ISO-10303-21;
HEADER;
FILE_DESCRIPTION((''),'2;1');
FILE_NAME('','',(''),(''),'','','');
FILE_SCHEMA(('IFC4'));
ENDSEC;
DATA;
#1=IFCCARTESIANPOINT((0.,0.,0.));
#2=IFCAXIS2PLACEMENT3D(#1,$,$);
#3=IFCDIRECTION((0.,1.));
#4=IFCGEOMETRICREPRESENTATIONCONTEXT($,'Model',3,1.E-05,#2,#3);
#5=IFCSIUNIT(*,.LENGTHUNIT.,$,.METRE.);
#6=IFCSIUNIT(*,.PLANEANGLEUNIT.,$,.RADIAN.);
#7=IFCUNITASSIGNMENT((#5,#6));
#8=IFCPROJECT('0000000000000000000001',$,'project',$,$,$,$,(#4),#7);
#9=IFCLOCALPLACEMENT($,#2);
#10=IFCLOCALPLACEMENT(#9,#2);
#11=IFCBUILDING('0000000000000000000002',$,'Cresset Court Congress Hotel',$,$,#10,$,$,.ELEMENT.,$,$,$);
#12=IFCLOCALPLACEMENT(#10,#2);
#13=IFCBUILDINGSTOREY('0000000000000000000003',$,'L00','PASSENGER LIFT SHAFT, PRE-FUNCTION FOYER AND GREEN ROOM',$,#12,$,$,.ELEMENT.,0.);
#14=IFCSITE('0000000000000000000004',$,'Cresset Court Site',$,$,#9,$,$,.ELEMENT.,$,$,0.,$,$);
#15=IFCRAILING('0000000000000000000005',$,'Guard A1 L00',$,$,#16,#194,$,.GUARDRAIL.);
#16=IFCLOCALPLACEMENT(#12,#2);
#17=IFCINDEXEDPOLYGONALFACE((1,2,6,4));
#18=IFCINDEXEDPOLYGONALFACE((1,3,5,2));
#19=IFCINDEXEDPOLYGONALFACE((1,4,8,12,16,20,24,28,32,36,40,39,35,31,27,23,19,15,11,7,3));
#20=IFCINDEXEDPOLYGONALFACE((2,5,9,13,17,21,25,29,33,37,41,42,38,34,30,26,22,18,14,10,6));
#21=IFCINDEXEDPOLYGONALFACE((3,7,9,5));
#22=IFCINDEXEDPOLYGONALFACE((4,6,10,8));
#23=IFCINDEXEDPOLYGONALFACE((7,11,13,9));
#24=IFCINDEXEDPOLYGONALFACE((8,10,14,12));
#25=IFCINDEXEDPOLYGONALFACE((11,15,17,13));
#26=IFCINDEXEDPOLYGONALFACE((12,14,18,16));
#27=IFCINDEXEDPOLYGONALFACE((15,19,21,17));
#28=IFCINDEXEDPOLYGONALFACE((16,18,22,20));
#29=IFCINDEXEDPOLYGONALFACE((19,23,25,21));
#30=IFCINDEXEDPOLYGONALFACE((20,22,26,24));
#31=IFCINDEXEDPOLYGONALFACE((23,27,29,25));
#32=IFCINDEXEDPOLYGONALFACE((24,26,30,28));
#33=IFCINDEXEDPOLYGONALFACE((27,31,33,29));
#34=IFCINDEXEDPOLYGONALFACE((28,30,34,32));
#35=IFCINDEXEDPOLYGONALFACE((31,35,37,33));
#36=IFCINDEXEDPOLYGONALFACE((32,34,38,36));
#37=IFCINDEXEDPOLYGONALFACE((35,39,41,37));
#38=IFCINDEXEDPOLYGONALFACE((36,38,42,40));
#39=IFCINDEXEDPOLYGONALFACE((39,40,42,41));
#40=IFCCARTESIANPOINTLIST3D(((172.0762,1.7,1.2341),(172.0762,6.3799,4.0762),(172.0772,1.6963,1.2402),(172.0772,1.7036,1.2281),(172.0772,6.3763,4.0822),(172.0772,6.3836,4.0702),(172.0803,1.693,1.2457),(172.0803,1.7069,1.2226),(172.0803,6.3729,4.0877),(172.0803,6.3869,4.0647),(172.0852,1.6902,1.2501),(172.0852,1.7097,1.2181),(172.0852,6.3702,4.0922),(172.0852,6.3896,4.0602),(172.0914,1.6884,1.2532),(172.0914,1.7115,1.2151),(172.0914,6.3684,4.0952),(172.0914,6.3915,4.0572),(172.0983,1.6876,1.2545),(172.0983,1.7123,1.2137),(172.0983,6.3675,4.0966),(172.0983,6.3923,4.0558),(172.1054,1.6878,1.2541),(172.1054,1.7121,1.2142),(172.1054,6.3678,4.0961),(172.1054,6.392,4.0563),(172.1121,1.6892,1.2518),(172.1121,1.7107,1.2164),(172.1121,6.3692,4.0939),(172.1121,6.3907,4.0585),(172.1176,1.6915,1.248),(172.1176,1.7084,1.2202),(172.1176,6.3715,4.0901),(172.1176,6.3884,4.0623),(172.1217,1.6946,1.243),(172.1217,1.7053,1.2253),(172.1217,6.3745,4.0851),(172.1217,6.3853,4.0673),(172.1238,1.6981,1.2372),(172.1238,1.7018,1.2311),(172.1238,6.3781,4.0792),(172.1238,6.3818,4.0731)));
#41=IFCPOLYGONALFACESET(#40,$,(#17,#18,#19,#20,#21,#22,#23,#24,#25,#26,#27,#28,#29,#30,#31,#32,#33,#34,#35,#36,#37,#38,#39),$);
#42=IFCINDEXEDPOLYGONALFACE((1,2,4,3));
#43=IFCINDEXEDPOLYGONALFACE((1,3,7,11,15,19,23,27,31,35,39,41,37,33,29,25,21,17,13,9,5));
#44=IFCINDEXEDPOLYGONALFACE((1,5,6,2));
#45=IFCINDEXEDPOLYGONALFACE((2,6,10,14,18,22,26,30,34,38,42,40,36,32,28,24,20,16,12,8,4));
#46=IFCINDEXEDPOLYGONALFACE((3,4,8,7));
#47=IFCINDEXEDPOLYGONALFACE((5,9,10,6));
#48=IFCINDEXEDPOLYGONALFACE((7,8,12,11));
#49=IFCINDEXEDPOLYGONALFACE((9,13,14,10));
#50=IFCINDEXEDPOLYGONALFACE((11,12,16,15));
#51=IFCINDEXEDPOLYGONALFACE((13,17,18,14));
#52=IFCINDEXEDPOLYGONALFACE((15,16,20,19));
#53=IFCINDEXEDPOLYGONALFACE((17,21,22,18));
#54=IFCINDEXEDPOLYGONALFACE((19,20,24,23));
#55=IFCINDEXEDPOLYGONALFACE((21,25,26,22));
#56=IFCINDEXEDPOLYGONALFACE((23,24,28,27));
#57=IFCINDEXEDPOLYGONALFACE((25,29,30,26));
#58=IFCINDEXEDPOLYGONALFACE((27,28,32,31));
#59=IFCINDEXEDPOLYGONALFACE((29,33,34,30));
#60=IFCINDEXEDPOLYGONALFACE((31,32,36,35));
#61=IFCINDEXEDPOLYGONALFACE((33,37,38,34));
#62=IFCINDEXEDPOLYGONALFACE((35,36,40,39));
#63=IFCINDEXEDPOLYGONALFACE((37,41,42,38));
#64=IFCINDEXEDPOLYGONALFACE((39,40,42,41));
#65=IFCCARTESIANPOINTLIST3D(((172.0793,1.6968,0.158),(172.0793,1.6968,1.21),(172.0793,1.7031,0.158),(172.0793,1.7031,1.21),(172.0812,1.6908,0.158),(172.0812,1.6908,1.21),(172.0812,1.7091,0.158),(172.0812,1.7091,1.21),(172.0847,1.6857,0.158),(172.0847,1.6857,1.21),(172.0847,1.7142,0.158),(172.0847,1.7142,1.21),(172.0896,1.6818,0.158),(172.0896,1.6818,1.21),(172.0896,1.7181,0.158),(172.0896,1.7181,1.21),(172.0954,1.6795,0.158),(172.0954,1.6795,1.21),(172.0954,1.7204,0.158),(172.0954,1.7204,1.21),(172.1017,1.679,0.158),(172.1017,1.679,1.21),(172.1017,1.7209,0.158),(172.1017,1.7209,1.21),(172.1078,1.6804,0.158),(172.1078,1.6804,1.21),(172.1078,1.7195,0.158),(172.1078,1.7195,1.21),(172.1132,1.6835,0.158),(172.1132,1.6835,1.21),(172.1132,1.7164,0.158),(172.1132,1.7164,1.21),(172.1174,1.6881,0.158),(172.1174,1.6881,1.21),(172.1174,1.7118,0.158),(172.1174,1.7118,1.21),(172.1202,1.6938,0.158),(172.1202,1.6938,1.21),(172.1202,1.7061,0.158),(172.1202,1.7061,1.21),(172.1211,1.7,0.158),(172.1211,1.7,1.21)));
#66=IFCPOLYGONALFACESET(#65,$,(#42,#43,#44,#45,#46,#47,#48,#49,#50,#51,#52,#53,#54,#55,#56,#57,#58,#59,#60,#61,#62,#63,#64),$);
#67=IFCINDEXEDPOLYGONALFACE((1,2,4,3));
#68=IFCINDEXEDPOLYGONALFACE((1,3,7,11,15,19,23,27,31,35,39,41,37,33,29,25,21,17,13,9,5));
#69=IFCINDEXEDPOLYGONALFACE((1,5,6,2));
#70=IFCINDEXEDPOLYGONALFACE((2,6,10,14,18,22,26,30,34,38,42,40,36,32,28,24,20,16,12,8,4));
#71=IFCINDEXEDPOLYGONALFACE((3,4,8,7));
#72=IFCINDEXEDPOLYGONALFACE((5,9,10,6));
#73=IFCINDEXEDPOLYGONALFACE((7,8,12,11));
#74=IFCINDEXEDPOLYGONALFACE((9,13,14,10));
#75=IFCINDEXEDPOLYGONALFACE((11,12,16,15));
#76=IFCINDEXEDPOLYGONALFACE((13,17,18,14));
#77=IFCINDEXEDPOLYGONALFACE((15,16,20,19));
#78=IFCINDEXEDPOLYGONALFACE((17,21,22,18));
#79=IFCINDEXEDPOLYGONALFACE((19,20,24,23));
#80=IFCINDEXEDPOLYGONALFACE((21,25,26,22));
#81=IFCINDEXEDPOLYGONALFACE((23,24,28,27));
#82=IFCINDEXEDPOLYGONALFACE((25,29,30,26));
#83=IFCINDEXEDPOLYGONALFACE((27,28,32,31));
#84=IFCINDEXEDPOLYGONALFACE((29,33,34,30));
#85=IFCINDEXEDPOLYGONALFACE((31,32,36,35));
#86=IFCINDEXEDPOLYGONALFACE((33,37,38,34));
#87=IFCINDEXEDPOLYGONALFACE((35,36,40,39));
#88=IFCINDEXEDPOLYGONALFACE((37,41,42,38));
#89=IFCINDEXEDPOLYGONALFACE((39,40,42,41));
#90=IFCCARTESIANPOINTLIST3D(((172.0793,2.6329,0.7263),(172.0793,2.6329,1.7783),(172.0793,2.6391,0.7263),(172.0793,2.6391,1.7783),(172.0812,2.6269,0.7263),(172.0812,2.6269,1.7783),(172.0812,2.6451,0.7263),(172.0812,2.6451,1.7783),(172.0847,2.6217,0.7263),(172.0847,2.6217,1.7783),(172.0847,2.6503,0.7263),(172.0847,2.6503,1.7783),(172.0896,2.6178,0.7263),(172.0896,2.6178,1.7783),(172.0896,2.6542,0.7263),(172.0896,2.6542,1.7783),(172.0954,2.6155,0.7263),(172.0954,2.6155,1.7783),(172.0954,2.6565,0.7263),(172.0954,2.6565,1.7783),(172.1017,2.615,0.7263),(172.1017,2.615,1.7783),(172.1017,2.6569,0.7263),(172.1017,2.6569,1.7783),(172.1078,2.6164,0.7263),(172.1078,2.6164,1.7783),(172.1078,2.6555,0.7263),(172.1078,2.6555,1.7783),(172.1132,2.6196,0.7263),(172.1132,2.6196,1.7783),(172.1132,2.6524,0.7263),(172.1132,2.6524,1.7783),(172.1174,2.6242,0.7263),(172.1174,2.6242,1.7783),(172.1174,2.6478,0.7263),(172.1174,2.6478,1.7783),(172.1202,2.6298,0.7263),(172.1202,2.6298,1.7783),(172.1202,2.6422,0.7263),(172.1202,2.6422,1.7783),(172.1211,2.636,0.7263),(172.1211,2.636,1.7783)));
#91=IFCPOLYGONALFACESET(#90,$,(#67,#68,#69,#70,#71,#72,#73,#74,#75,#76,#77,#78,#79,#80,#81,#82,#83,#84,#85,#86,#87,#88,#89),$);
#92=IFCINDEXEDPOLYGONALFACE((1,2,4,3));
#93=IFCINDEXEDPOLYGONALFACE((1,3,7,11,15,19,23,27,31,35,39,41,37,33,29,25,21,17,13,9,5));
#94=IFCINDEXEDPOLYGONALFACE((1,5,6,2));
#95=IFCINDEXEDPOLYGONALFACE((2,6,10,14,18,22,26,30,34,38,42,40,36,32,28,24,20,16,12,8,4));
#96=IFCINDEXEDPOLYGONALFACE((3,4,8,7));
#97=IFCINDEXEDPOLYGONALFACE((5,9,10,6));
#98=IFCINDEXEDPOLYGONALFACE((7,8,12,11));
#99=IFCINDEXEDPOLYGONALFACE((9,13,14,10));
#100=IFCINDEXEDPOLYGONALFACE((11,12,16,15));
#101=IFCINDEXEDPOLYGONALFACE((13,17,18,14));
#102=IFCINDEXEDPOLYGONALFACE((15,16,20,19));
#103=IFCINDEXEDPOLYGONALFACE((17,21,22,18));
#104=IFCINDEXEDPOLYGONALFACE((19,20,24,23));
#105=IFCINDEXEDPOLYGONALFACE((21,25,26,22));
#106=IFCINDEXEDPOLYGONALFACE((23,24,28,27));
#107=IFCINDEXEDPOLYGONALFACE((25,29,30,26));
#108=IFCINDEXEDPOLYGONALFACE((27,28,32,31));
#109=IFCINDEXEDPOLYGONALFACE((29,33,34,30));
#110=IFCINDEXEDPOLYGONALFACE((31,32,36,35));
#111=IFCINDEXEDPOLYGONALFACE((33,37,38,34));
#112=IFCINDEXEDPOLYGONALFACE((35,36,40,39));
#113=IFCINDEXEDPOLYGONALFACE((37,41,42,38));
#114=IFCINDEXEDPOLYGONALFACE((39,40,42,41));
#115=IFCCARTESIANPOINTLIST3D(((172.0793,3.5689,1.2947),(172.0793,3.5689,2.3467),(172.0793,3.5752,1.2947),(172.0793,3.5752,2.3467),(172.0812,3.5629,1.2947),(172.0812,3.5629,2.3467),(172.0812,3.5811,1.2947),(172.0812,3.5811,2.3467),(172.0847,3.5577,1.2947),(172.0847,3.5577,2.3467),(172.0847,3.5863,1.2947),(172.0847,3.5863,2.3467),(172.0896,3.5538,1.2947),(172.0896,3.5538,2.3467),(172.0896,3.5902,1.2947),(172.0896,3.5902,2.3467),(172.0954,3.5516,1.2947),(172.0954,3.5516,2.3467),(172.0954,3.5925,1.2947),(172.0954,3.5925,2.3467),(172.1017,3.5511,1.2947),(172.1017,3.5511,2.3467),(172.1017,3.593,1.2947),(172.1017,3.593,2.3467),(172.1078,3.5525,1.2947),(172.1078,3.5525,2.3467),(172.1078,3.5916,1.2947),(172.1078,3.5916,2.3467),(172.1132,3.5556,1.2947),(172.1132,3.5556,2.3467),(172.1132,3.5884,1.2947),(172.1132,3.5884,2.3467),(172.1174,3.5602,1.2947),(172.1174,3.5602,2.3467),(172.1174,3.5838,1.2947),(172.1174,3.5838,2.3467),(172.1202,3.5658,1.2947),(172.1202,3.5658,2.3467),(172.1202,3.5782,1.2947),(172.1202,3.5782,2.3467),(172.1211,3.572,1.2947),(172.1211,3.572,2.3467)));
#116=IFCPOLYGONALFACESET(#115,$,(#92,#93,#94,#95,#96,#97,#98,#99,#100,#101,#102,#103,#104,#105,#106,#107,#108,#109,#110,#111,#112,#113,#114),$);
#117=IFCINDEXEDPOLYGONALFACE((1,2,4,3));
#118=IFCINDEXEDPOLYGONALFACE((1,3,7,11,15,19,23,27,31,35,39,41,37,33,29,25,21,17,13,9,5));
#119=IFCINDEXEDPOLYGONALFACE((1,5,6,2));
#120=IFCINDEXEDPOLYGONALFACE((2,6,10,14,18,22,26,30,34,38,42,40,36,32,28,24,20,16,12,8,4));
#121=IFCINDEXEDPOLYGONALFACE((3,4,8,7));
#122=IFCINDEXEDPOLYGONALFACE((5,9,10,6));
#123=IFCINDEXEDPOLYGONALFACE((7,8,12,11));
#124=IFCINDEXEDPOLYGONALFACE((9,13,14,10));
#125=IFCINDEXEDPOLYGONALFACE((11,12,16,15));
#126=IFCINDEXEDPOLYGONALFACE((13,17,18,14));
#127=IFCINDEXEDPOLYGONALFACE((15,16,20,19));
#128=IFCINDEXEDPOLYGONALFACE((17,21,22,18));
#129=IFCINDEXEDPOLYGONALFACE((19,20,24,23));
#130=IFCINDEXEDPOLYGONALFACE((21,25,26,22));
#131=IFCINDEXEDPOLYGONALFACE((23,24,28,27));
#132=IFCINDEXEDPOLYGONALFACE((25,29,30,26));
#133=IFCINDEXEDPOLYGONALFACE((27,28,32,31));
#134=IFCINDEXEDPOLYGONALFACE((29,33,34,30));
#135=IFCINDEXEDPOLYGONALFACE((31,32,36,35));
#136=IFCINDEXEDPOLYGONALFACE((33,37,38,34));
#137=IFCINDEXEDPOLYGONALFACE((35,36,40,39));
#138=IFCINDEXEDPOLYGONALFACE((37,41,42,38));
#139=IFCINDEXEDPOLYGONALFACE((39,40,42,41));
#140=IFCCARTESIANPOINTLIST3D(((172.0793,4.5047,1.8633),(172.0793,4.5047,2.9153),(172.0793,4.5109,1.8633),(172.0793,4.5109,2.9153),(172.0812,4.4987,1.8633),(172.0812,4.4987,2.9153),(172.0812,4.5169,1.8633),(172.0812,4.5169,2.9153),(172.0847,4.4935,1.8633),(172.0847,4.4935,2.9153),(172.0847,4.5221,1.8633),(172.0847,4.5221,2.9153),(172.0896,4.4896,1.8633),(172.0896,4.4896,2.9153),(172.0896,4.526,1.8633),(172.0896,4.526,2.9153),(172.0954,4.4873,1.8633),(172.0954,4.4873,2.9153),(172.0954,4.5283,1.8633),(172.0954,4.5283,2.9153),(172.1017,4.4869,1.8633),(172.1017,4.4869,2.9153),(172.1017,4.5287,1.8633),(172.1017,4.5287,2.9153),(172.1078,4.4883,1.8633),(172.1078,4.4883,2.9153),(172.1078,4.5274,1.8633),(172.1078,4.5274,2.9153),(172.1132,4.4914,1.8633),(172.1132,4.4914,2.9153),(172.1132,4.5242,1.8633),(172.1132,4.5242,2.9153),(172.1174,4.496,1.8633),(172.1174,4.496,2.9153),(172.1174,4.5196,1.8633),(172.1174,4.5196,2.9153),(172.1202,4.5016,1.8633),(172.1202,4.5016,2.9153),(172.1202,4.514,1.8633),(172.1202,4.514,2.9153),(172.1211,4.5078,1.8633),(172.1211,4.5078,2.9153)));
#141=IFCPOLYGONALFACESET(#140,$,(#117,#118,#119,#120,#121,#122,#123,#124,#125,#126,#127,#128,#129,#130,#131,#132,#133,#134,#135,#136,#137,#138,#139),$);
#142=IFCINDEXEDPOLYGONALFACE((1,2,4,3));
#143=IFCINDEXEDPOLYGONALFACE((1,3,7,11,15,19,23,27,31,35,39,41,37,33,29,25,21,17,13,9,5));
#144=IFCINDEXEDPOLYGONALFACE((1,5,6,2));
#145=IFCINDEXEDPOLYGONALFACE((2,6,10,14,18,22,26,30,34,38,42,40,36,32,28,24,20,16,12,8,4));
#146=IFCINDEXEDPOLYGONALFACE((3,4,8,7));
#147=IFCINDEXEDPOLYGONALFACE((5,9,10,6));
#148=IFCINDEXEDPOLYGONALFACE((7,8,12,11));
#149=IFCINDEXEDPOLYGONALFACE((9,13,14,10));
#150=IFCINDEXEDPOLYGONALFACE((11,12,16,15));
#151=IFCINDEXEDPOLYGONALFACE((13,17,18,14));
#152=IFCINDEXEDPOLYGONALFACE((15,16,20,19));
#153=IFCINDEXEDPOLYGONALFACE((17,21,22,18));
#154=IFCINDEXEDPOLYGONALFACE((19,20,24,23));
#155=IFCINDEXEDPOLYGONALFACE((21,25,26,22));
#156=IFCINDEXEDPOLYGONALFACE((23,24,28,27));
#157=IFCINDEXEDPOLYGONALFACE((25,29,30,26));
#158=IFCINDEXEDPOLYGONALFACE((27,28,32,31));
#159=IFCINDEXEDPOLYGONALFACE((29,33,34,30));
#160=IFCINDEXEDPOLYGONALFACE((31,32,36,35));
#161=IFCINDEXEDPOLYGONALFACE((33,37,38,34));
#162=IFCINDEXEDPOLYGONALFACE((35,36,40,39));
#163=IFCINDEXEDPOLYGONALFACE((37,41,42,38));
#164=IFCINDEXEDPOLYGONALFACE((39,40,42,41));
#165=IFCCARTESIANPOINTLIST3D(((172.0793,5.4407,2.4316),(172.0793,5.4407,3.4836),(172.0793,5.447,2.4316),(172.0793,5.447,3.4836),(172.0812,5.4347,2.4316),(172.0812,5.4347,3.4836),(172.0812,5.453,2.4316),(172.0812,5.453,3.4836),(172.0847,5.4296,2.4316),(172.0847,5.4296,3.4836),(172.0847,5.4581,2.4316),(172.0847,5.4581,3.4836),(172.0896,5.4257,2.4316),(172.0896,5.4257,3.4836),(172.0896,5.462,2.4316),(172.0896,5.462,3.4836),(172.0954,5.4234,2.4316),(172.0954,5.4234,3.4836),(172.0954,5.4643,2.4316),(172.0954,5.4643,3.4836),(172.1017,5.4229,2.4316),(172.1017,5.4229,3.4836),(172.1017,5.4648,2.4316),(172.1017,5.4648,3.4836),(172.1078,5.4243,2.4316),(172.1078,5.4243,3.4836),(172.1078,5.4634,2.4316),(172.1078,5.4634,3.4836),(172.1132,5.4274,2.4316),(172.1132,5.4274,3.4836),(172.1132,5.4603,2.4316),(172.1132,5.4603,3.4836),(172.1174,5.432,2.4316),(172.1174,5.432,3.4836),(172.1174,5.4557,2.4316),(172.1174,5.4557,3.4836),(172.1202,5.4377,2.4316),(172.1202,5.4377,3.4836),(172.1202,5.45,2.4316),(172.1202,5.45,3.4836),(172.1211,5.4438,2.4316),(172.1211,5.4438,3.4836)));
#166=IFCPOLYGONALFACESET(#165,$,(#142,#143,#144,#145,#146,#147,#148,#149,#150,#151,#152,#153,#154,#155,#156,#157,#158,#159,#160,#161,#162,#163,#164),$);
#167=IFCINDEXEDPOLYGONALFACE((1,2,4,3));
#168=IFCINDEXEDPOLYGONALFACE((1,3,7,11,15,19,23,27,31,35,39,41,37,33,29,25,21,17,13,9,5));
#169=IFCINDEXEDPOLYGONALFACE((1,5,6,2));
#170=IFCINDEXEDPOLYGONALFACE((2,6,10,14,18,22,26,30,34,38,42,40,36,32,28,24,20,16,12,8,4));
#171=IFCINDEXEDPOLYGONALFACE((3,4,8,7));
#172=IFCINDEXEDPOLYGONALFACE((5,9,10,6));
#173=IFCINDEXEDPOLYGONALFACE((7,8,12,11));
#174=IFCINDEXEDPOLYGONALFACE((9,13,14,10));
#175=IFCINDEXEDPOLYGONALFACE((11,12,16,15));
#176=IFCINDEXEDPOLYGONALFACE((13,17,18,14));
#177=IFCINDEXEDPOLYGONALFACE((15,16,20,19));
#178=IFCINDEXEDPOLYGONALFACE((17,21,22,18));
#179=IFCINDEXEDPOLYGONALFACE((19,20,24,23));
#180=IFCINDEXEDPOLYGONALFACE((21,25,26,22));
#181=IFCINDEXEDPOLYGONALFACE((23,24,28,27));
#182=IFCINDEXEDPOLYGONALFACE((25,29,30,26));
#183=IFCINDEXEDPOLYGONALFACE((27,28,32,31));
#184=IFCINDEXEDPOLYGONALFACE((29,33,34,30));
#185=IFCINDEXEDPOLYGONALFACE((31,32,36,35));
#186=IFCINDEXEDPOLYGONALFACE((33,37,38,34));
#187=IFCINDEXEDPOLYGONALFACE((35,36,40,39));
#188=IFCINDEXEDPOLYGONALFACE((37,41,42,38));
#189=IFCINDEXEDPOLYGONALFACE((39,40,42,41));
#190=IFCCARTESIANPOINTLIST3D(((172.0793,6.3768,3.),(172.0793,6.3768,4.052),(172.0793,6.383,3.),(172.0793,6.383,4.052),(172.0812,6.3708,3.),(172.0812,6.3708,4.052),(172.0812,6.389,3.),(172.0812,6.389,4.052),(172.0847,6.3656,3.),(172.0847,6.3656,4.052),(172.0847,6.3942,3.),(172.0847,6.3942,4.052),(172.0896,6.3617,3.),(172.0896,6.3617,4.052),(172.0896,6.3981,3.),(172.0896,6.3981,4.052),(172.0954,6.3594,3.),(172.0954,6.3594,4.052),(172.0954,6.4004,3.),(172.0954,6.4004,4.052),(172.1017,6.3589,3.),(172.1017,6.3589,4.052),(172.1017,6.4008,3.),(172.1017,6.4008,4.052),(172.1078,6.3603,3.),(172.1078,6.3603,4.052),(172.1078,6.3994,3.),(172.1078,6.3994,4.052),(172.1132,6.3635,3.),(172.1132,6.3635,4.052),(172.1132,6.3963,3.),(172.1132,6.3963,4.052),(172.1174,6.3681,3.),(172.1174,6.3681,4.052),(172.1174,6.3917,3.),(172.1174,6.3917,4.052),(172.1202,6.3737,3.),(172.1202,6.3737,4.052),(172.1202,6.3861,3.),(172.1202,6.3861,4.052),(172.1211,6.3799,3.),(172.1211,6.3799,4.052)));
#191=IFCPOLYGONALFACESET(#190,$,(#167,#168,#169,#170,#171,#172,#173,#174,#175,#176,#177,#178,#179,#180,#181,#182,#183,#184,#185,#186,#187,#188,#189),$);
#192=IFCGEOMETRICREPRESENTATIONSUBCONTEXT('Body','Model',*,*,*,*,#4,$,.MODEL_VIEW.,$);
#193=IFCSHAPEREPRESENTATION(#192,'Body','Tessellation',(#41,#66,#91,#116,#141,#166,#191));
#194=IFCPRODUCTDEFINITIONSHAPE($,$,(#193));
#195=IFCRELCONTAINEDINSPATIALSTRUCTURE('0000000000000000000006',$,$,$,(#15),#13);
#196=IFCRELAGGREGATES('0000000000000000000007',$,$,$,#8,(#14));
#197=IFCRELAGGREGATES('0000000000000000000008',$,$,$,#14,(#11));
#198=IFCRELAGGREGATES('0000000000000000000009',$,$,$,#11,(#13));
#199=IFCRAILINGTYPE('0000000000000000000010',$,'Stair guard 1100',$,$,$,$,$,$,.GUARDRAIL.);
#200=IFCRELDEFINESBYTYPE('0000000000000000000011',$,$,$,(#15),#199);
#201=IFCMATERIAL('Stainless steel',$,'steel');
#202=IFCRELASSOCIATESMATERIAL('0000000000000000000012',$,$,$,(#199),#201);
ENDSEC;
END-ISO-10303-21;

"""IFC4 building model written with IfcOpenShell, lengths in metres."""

from ifc_helpers import new_model, si_unit, direction, frame, origin, origin_2d, place, context, subcontext, project, spatial, circle, extrude, material, type_object, element, save


model = new_model("IFC4")

# Units and contexts
model_context = context("Model", 3, precision=1e-05, world=origin(), true_north=direction((0.0, 1.0)))
body_context = subcontext(model_context, "Body", "Model", "MODEL_VIEW")
ifc_project = project(units=[si_unit("LENGTHUNIT", "METRE"), si_unit("PLANEANGLEUNIT", "RADIAN")], contexts=[model_context])

# Site, building, storey
site_placement = place(None, origin())
site = spatial("IfcSite", under=ifc_project, at=site_placement, Name="Cresset Court Site", CompositionType="ELEMENT", RefElevation=0.0)
building_placement = place(site_placement, origin())
building = spatial("IfcBuilding", under=site, at=building_placement, Name="Cresset Court Congress Hotel", CompositionType="ELEMENT")
storey_placement = place(building_placement, origin())
storey = spatial("IfcBuildingStorey", under=building, at=storey_placement, Name="L00", Description="PASSENGER LIFT SHAFT, PRE-FUNCTION FOYER AND GREEN ROOM", CompositionType="ELEMENT", Elevation=0.0)

# Railing
ifc_material_1 = material(Name="Stainless steel", Category="steel")
railing_type_1 = type_object("IfcRailingType", Name="Stair guard 1100", PredefinedType="GUARDRAIL", material=ifc_material_1)
railing_1_placement = place(storey_placement, frame((172.1001, 1.7, 0.158)))
element("IfcRailing", 1, at=railing_1_placement, inside=storey, type_object=railing_type_1, Name="Guard A1 L00", PredefinedType="GUARDRAIL", context=body_context, shape_type="SweptSolid", body=[
    extrude(circle(Radius=0.0239, at=origin_2d()), frame((0.0, 0.0, 1.0762), z_axis=(0.0, 0.854735, 0.519065), x_axis=(-1.0, 0.0, 0.0)), (0.0, 0.0, 1.0), 5.4753),
    extrude(circle(Radius=0.021, at=origin_2d()), origin(), (0.0, 0.0, 1.0), 1.052),
    extrude(circle(Radius=0.021, at=origin_2d()), frame((0.0, 0.936, 0.5684)), (0.0, 0.0, 1.0), 1.052),
    extrude(circle(Radius=0.021, at=origin_2d()), frame((0.0, 1.8721, 1.1367)), (0.0, 0.0, 1.0), 1.052),
    extrude(circle(Radius=0.021, at=origin_2d()), frame((0.0, 2.8079, 1.7053)), (0.0, 0.0, 1.0), 1.052),
    extrude(circle(Radius=0.021, at=origin_2d()), frame((0.0, 3.7439, 2.2737)), (0.0, 0.0, 1.0), 1.052),
    extrude(circle(Radius=0.021, at=origin_2d()), frame((0.0, 4.6799, 2.842)), (0.0, 0.0, 1.0), 1.052),
])

save(model, "model.ifc")
